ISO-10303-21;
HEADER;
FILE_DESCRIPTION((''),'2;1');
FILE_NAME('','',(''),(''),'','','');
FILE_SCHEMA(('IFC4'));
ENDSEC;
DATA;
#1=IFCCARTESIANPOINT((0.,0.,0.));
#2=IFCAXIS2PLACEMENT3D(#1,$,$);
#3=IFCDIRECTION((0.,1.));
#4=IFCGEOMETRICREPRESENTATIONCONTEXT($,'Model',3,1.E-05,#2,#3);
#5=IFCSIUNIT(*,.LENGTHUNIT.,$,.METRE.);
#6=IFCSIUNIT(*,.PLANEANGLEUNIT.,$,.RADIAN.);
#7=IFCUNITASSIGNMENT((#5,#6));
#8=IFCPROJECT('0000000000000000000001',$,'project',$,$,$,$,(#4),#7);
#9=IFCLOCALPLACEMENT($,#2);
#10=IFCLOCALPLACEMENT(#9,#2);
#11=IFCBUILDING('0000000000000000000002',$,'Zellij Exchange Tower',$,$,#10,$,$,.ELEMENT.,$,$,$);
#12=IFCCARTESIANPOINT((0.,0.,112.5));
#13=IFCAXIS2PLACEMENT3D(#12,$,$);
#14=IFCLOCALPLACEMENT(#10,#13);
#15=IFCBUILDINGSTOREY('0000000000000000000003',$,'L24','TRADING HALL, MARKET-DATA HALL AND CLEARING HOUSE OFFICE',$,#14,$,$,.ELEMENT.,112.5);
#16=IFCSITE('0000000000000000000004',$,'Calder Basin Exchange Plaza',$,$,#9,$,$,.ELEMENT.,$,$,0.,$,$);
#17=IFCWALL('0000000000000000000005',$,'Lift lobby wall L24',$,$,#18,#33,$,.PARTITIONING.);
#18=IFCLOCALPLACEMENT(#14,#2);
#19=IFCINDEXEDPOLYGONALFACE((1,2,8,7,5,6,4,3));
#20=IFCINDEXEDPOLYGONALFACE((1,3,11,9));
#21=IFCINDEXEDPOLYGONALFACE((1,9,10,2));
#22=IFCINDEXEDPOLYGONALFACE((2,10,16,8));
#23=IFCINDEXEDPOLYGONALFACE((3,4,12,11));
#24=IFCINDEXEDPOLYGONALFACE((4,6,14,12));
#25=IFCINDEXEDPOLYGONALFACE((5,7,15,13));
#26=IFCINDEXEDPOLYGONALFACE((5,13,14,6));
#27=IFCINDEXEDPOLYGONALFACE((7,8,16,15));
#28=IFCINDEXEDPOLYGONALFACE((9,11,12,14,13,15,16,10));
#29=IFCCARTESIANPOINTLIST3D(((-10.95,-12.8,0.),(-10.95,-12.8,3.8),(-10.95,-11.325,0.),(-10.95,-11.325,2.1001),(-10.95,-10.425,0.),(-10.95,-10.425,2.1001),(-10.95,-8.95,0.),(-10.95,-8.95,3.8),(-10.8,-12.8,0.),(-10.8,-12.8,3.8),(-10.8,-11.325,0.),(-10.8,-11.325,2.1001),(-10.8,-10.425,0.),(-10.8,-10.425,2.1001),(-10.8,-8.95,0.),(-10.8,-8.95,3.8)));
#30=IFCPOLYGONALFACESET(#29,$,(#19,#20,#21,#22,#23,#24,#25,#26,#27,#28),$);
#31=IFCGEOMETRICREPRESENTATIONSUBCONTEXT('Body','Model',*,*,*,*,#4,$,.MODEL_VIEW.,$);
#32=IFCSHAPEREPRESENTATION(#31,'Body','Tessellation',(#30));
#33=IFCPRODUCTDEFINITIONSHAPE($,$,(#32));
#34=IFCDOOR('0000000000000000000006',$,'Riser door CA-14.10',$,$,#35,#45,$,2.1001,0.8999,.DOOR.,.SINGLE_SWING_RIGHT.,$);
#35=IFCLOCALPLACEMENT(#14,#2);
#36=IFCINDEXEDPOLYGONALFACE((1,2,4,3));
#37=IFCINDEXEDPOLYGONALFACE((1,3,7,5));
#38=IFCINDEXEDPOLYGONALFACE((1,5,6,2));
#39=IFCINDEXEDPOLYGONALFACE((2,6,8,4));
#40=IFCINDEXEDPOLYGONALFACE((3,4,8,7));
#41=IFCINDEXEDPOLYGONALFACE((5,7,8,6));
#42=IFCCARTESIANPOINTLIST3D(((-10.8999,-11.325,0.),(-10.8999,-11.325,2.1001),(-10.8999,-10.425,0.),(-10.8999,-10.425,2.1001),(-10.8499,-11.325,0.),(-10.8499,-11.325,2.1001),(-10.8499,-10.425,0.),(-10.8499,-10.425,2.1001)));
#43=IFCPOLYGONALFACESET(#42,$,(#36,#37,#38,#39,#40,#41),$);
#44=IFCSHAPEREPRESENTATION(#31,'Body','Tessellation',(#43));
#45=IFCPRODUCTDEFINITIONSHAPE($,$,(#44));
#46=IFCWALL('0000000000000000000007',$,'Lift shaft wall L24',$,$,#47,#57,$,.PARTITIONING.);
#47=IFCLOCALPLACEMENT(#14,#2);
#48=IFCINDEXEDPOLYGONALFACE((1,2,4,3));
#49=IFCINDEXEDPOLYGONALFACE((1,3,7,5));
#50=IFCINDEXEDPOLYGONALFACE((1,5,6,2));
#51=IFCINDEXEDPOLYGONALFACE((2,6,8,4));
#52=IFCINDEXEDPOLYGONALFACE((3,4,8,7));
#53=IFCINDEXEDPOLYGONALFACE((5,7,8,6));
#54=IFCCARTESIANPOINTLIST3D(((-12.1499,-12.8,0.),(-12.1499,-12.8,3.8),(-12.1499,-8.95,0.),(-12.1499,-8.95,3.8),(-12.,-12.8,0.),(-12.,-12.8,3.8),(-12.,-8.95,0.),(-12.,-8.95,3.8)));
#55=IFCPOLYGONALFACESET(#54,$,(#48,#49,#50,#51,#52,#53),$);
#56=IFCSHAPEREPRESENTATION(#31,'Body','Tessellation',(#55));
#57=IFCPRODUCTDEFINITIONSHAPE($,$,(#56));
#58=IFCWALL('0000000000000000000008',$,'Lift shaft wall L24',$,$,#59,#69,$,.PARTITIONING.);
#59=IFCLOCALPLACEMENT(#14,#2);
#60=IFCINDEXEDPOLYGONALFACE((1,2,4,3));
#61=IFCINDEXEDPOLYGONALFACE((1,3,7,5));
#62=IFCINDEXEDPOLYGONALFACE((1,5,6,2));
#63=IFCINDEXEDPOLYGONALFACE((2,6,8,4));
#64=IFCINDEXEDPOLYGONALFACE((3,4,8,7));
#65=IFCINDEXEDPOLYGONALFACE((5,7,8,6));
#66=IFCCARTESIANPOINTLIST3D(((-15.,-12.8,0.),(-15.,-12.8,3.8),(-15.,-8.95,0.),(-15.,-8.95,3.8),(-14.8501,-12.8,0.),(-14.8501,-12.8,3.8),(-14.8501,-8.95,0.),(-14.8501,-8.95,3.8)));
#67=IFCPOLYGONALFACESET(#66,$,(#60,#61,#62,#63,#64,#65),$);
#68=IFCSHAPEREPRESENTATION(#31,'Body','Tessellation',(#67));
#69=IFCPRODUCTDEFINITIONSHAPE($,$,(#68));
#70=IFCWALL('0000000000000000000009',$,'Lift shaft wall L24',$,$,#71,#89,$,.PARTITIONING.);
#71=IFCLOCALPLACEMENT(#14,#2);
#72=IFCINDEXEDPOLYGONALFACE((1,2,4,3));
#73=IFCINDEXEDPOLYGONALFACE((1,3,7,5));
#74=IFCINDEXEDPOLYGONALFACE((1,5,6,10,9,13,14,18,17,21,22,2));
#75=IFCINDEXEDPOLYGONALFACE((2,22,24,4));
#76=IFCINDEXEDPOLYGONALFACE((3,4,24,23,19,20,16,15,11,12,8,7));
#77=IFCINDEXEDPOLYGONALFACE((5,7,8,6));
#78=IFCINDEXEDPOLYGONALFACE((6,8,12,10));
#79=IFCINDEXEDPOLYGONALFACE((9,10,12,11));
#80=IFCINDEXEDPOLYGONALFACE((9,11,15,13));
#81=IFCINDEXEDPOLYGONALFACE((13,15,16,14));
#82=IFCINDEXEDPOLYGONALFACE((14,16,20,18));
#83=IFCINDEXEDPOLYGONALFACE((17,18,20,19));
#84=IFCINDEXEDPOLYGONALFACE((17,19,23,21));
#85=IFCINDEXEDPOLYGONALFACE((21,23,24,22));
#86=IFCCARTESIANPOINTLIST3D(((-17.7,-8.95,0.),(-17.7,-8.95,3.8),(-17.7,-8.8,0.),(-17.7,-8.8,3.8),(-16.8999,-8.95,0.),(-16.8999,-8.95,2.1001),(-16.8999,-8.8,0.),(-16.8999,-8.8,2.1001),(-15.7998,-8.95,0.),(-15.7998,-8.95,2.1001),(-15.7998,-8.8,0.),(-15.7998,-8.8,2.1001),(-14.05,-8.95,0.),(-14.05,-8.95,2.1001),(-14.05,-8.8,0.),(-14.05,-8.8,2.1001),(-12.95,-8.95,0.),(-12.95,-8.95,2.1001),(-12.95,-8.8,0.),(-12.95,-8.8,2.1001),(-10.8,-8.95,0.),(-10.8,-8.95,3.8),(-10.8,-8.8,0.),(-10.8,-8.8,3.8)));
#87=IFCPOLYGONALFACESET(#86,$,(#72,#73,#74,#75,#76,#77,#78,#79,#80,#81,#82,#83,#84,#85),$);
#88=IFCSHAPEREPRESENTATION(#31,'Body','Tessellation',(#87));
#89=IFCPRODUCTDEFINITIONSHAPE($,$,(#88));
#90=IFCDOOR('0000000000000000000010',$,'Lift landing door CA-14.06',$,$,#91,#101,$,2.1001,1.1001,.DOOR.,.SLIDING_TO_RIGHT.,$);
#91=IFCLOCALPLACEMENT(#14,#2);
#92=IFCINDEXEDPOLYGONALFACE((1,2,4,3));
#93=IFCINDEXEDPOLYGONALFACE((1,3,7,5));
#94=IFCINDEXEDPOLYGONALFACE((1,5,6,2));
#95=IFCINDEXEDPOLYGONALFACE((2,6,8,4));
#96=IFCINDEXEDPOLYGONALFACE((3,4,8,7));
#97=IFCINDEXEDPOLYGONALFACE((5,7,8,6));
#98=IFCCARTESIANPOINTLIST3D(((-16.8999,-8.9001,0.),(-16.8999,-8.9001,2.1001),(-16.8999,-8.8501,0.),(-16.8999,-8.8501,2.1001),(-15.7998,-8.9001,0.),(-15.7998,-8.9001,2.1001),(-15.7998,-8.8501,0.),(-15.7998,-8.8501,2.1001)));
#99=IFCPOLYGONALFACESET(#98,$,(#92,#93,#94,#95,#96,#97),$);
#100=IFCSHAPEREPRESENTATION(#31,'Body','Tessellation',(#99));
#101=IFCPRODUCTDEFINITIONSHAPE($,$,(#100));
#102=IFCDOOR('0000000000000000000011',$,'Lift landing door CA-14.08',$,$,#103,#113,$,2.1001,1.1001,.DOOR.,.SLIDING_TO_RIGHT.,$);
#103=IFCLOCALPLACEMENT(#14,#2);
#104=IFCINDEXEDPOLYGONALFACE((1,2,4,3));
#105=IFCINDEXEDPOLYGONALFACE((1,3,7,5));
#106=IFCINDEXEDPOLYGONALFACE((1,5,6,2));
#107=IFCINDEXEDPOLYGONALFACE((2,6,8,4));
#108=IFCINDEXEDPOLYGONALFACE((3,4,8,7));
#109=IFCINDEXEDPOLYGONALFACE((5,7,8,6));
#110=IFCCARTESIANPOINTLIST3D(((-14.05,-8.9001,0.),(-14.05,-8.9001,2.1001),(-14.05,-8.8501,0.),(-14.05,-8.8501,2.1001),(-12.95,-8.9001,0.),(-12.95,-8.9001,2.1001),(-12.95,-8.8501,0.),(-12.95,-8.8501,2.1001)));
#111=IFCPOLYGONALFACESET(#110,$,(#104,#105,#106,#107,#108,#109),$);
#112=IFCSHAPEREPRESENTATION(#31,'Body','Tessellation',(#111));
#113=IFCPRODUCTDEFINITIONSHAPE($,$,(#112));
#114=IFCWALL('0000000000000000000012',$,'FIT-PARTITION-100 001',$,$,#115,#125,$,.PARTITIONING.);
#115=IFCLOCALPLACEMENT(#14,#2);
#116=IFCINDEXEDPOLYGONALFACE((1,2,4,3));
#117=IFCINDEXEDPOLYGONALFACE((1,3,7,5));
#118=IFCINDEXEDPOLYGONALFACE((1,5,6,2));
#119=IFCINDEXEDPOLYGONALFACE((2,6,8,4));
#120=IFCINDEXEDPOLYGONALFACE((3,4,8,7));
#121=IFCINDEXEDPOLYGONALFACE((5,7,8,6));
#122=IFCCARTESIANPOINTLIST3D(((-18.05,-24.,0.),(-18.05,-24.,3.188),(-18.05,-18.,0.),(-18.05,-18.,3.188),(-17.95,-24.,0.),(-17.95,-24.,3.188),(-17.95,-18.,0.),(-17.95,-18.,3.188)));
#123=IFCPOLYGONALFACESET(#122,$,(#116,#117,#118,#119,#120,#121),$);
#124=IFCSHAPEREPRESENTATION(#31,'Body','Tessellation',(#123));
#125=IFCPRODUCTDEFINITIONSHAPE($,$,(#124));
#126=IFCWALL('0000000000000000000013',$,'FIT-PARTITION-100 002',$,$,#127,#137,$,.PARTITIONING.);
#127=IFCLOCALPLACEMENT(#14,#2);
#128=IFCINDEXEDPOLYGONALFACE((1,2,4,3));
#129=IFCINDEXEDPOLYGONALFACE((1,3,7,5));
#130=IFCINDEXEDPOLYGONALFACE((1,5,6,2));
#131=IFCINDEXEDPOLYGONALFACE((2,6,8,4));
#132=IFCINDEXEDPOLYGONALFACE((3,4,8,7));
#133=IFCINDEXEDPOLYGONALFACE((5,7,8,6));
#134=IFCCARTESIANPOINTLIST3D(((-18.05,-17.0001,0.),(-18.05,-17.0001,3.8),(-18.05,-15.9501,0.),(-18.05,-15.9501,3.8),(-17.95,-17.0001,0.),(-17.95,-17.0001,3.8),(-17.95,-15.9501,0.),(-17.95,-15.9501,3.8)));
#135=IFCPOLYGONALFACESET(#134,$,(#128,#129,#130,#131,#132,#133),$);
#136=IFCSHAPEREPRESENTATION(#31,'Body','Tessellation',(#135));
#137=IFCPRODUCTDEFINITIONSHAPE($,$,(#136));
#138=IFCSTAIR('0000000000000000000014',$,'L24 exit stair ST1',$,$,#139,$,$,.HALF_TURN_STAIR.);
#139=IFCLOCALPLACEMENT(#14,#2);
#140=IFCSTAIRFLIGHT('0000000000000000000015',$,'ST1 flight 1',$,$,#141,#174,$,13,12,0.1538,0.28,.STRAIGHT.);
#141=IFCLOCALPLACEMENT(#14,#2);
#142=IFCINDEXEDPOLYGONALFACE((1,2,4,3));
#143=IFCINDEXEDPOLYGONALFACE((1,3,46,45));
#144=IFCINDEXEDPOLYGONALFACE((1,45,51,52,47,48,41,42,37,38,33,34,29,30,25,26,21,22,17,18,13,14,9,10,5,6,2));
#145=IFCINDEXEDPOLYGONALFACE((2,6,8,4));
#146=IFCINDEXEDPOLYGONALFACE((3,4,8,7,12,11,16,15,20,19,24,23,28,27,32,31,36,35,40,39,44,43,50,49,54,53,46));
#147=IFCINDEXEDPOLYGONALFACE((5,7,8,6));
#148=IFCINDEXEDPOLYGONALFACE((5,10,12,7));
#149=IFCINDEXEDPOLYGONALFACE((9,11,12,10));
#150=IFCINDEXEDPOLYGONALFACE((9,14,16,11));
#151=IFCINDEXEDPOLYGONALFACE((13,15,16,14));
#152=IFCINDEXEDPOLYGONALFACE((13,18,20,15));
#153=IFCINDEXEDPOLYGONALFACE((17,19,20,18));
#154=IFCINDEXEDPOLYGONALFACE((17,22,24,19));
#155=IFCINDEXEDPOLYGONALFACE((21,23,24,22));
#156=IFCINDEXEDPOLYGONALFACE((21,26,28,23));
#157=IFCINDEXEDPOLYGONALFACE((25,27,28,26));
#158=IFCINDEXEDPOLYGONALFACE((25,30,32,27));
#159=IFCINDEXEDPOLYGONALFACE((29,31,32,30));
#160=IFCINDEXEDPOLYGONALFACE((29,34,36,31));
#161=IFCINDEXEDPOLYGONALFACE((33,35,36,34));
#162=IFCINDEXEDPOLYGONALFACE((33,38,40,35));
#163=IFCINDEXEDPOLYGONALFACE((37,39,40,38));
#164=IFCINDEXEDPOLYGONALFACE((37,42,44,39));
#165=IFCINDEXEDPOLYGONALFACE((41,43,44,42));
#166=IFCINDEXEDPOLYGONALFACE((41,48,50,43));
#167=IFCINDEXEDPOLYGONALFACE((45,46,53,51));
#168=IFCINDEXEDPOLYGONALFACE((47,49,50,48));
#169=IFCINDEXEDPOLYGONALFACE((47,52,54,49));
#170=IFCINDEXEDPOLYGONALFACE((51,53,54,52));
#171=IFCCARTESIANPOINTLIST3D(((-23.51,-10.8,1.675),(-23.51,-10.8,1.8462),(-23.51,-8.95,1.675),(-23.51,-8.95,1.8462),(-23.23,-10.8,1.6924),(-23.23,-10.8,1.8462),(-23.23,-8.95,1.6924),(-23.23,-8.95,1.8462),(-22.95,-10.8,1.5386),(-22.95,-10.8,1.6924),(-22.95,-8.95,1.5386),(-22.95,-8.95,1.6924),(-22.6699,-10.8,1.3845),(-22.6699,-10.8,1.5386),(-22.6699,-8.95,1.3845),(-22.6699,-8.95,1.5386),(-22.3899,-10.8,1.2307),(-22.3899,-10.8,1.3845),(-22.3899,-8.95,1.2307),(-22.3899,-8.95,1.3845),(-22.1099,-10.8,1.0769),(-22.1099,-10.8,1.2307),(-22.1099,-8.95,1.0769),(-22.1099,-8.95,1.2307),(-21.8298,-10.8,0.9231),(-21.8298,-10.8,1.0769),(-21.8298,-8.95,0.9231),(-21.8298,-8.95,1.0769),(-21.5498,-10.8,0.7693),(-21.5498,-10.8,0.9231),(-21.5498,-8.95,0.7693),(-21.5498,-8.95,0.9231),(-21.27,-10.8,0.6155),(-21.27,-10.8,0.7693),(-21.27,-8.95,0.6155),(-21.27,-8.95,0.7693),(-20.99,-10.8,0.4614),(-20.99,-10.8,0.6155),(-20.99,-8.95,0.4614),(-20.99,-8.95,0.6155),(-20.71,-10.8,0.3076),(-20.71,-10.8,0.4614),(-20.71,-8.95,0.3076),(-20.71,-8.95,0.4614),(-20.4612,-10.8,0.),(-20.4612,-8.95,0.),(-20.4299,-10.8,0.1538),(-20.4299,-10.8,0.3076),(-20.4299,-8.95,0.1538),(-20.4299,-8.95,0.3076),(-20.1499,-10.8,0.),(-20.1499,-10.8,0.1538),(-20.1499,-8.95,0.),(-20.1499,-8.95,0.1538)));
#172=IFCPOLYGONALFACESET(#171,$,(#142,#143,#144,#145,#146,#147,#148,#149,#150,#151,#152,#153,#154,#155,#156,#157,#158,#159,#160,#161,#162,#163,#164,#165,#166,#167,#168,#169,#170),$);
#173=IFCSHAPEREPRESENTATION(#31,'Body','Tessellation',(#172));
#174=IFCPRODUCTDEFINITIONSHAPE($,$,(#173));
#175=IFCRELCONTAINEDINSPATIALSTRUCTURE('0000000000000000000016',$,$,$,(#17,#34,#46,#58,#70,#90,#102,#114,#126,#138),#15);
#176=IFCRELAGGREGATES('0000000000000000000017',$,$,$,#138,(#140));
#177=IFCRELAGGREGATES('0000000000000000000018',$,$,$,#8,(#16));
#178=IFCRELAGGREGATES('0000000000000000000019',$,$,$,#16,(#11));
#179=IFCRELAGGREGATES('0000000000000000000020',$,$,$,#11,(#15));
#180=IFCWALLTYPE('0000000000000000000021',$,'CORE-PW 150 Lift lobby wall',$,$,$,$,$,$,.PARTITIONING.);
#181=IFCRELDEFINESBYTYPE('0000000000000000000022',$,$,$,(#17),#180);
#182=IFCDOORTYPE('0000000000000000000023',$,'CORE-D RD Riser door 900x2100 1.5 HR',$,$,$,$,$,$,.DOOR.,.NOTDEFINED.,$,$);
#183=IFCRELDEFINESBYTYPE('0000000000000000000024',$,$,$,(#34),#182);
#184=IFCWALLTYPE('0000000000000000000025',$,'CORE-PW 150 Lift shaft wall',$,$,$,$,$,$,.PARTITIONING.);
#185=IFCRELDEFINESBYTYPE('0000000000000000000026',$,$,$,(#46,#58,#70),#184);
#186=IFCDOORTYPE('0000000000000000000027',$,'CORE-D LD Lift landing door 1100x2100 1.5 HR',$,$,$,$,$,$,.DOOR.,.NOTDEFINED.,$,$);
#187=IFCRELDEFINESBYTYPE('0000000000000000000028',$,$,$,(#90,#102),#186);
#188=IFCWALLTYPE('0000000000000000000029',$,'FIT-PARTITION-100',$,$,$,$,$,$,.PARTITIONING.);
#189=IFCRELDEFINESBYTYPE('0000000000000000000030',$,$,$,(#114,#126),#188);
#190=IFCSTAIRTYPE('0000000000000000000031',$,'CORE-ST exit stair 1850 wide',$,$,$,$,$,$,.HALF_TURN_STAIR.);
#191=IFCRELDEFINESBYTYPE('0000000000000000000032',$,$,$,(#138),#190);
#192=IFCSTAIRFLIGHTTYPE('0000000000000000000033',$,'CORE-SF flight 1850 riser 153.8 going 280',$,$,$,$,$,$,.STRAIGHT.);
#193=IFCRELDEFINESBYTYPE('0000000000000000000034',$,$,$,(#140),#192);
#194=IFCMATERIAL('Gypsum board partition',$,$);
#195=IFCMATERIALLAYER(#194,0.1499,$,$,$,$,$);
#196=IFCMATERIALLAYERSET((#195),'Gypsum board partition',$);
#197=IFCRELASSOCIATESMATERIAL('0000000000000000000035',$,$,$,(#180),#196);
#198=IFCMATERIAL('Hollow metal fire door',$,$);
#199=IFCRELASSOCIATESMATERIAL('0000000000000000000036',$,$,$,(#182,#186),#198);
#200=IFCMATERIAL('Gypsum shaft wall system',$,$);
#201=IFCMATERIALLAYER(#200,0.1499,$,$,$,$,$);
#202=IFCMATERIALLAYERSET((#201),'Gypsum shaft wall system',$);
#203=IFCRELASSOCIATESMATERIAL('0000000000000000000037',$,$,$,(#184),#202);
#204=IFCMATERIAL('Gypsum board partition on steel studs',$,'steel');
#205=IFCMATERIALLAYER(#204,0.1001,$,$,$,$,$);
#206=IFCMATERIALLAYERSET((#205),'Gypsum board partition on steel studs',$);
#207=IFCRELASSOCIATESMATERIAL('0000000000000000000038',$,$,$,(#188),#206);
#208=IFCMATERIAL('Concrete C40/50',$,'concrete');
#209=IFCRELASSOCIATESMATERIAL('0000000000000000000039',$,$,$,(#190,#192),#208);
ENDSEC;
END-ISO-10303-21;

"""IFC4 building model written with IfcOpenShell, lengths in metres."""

from ifc_helpers import new_model, si_unit, direction, frame, frame_2d, origin, place, context, subcontext, project, spatial, polyline, rectangle, outline, extrude, material, layer, layer_set, type_object, element, fill, aggregate, save


model = new_model("IFC4")

# Units and contexts
model_context = context("Model", 3, precision=1e-05, world=origin(), true_north=direction((0.0, 1.0)))
body_context = subcontext(model_context, "Body", "Model", "MODEL_VIEW")
ifc_project = project(units=[si_unit("LENGTHUNIT", "METRE"), si_unit("PLANEANGLEUNIT", "RADIAN")], contexts=[model_context])

# Site, building, storey
site_placement = place(None, origin())
site = spatial("IfcSite", under=ifc_project, at=site_placement, Name="Calder Basin Exchange Plaza", CompositionType="ELEMENT", RefElevation=0.0)
building_placement = place(site_placement, origin())
building = spatial("IfcBuilding", under=site, at=building_placement, Name="Zellij Exchange Tower", CompositionType="ELEMENT")
storey_placement = place(building_placement, frame((0.0, 0.0, 112.5)))
storey = spatial("IfcBuildingStorey", under=building, at=storey_placement, Name="L24", Description="TRADING HALL, MARKET-DATA HALL AND CLEARING HOUSE OFFICE", CompositionType="ELEMENT", Elevation=112.5)

# Wall, opening, door
ifc_material_1 = material(Name="Gypsum board partition")
ifc_layer_1 = layer(ifc_material_1, 0.1499)
ifc_layer_set_1 = layer_set([ifc_layer_1], Name="Gypsum board partition")
wall_type_1 = type_object("IfcWallType", Name="CORE-PW 150 Lift lobby wall", PredefinedType="PARTITIONING", material=ifc_layer_set_1)
wall_1_placement = place(storey_placement, frame((-10.875, -12.8, 0.0), z_axis=(0.0, 0.0, 1.0), x_axis=(0.0, 1.0, 0.0)))
wall_1 = element("IfcWall", 1, at=wall_1_placement, inside=storey, type_object=wall_type_1, Name="Lift lobby wall L24", PredefinedType="PARTITIONING", context=body_context, shape_type="SweptSolid", body=[
    extrude(rectangle(XDim=3.8501, YDim=0.1499, at=frame_2d((1.925, 0.0))), origin(), (0.0, 0.0, 1.0), 3.8),
])
opening_1_placement = place(wall_1_placement, frame((1.4751, 0.0, 0.0)))
opening_1 = element("IfcOpeningElement", 2, at=opening_1_placement, cuts=wall_1, PredefinedType="OPENING", context=body_context, shape_type="SweptSolid", body=[
    extrude(rectangle(XDim=0.8999, YDim=2.1001, at=frame_2d((0.45, 1.05))), frame((0.0, 0.0869, 0.0), z_axis=(0.0, -1.0, 0.0), x_axis=(1.0, 0.0, 0.0)), (0.0, 0.0, 1.0), 0.1738),
])
ifc_material_2 = material(Name="Hollow metal fire door")
door_type_1 = type_object("IfcDoorType", Name="CORE-D RD Riser door 900x2100 1.5 HR", OperationType="NOTDEFINED", PredefinedType="DOOR", material=ifc_material_2)
door_1_placement = place(opening_1_placement, origin())
door_1 = element("IfcDoor", 3, at=door_1_placement, inside=storey, type_object=door_type_1, Name="Riser door CA-14.10", OperationType="SINGLE_SWING_RIGHT", OverallHeight=2.1001, OverallWidth=0.8999, PredefinedType="DOOR", context=body_context, shape_type="SweptSolid", body=[
    extrude(rectangle(XDim=0.8999, YDim=2.1001, at=frame_2d((0.45, 1.05))), frame((0.0, 0.0249, 0.0), z_axis=(0.0, -1.0, 0.0), x_axis=(1.0, 0.0, 0.0)), (0.0, 0.0, 1.0), 0.05),
])
fill(opening_1, door_1)

# Walls
ifc_material_3 = material(Name="Gypsum shaft wall system")
ifc_layer_2 = layer(ifc_material_3, 0.1499)
ifc_layer_set_2 = layer_set([ifc_layer_2], Name="Gypsum shaft wall system")
wall_type_2 = type_object("IfcWallType", Name="CORE-PW 150 Lift shaft wall", PredefinedType="PARTITIONING", material=ifc_layer_set_2)
for number, where, z_axis, x_axis, name in (
    (4, (-12.075, -12.8, 0.0), (0.0, 0.0, 1.0), (0.0, 1.0, 0.0), "Lift shaft wall L24"),
    (5, (-14.925, -12.8, 0.0), (0.0, 0.0, 1.0), (0.0, 1.0, 0.0), "Lift shaft wall L24"),
):
    element("IfcWall", number, at=place(storey_placement, frame(where, z_axis=z_axis, x_axis=x_axis)), inside=storey, type_object=wall_type_2, Name=name, PredefinedType="PARTITIONING", context=body_context, shape_type="SweptSolid", body=[
        extrude(rectangle(XDim=3.8501, YDim=0.1499, at=frame_2d((1.925, 0.0))), origin(), (0.0, 0.0, 1.0), 3.8),
    ])

# Wall, openings, doors
wall_2_placement = place(storey_placement, frame((-17.7, -8.875, 0.0), z_axis=(0.0, 0.0, 1.0), x_axis=(1.0, 0.0, 0.0)))
wall_2 = element("IfcWall", 6, at=wall_2_placement, inside=storey, type_object=wall_type_2, Name="Lift shaft wall L24", PredefinedType="PARTITIONING", context=body_context, shape_type="SweptSolid", body=[
    extrude(rectangle(XDim=6.8999, YDim=0.1499, at=frame_2d((3.45, 0.0))), origin(), (0.0, 0.0, 1.0), 3.8),
])
opening_2_placement = place(wall_2_placement, frame((0.8, 0.0, 0.0)))
opening_2 = element("IfcOpeningElement", 7, at=opening_2_placement, cuts=wall_2, PredefinedType="OPENING", context=body_context, shape_type="SweptSolid", body=[
    extrude(rectangle(XDim=1.1001, YDim=2.1001, at=frame_2d((0.55, 1.05))), frame((0.0, 0.0869, 0.0), z_axis=(0.0, -1.0, 0.0), x_axis=(1.0, 0.0, 0.0)), (0.0, 0.0, 1.0), 0.1738),
])
opening_3_placement = place(wall_2_placement, frame((3.6499, 0.0, 0.0)))
opening_3 = element("IfcOpeningElement", 8, at=opening_3_placement, cuts=wall_2, PredefinedType="OPENING", context=body_context, shape_type="SweptSolid", body=[
    extrude(rectangle(XDim=1.1001, YDim=2.1001, at=frame_2d((0.55, 1.05))), frame((0.0, 0.0869, 0.0), z_axis=(0.0, -1.0, 0.0), x_axis=(1.0, 0.0, 0.0)), (0.0, 0.0, 1.0), 0.1738),
])
door_type_2 = type_object("IfcDoorType", Name="CORE-D LD Lift landing door 1100x2100 1.5 HR", OperationType="NOTDEFINED", PredefinedType="DOOR", material=ifc_material_2)
door_2_placement = place(opening_2_placement, origin())
door_2 = element("IfcDoor", 9, at=door_2_placement, inside=storey, type_object=door_type_2, Name="Lift landing door CA-14.06", OperationType="SLIDING_TO_RIGHT", OverallHeight=2.1001, OverallWidth=1.1001, PredefinedType="DOOR", context=body_context, shape_type="SweptSolid", body=[
    extrude(rectangle(XDim=1.1001, YDim=2.1001, at=frame_2d((0.55, 1.05))), frame((0.0, 0.0249, 0.0), z_axis=(0.0, -1.0, 0.0), x_axis=(1.0, 0.0, 0.0)), (0.0, 0.0, 1.0), 0.05),
])
fill(opening_2, door_2)
door_3_placement = place(opening_3_placement, origin())
door_3 = element("IfcDoor", 10, at=door_3_placement, inside=storey, type_object=door_type_2, Name="Lift landing door CA-14.08", OperationType="SLIDING_TO_RIGHT", OverallHeight=2.1001, OverallWidth=1.1001, PredefinedType="DOOR", context=body_context, shape_type="SweptSolid", body=[
    extrude(rectangle(XDim=1.1001, YDim=2.1001, at=frame_2d((0.55, 1.05))), frame((0.0, 0.0249, 0.0), z_axis=(0.0, -1.0, 0.0), x_axis=(1.0, 0.0, 0.0)), (0.0, 0.0, 1.0), 0.05),
])
fill(opening_3, door_3)

# Walls
ifc_material_4 = material(Name="Gypsum board partition on steel studs", Category="steel")
ifc_layer_3 = layer(ifc_material_4, 0.1001)
ifc_layer_set_3 = layer_set([ifc_layer_3], Name="Gypsum board partition on steel studs")
wall_type_3 = type_object("IfcWallType", Name="FIT-PARTITION-100", PredefinedType="PARTITIONING", material=ifc_layer_set_3)
wall_3_placement = place(storey_placement, frame((-18.0, -24.0, 0.0), z_axis=(0.0, 0.0, 1.0), x_axis=(0.0, 1.0, 0.0)))
element("IfcWall", 11, at=wall_3_placement, inside=storey, type_object=wall_type_3, Name="FIT-PARTITION-100 001", PredefinedType="PARTITIONING", context=body_context, shape_type="SweptSolid", body=[
    extrude(rectangle(XDim=6.0, YDim=0.1001, at=frame_2d((3.0, 0.0))), origin(), (0.0, 0.0, 1.0), 3.188),
])
wall_4_placement = place(storey_placement, frame((-18.0, -17.0, 0.0), z_axis=(0.0, 0.0, 1.0), x_axis=(0.0, 1.0, 0.0)))
element("IfcWall", 12, at=wall_4_placement, inside=storey, type_object=wall_type_3, Name="FIT-PARTITION-100 002", PredefinedType="PARTITIONING", context=body_context, shape_type="SweptSolid", body=[
    extrude(rectangle(XDim=1.05, YDim=0.1001, at=frame_2d((0.5249, 0.0))), origin(), (0.0, 0.0, 1.0), 3.8),
])

# Stair, stair flight
ifc_material_5 = material(Name="Concrete C40/50", Category="concrete")
stair_type = type_object("IfcStairType", Name="CORE-ST exit stair 1850 wide", PredefinedType="HALF_TURN_STAIR", material=ifc_material_5)
stair_placement = place(storey_placement, origin())
stair = element("IfcStair", 13, at=stair_placement, inside=storey, type_object=stair_type, Name="L24 exit stair ST1", PredefinedType="HALF_TURN_STAIR")
stair_flight_type = type_object("IfcStairFlightType", Name="CORE-SF flight 1850 riser 153.8 going 280", PredefinedType="STRAIGHT", material=ifc_material_5)
stair_flight_1_placement = place(storey_placement, frame((-20.1499, -9.875, 0.0), z_axis=(0.0, 0.0, 1.0), x_axis=(-1.0, 0.0, 0.0)))
stair_flight_1 = element("IfcStairFlight", 14, at=stair_flight_1_placement, type_object=stair_flight_type, Name="ST1 flight 1", NumberOfRisers=13, NumberOfTreads=12, PredefinedType="STRAIGHT", RiserHeight=0.1538, TreadLength=0.28, context=body_context, shape_type="SweptSolid", body=[
    extrude(outline(polyline([(0.0, 0.0), (0.0, 0.1538), (0.28, 0.1538), (0.28, 0.3076), (0.5601, 0.3076), (0.5601, 0.4614), (0.8401, 0.4614), (0.8401, 0.6155), (1.1201, 0.6155), (1.1201, 0.7693), (1.3999, 0.7693), (1.3999, 0.9231), (1.6799, 0.9231), (1.6799, 1.0769), (1.96, 1.0769), (1.96, 1.2307), (2.24, 1.2307), (2.24, 1.3845), (2.52, 1.3845), (2.52, 1.5386), (2.8, 1.5386), (2.8, 1.6924), (3.0801, 1.6924), (3.0801, 1.8462), (3.3601, 1.8462), (3.3601, 2.0), (3.3601, 1.675), (0.3113, 0.0), (0.0, 0.0)])), frame((0.0, 0.925, 0.0), z_axis=(0.0, -1.0, 0.0), x_axis=(1.0, 0.0, 0.0)), (0.0, 0.0, 1.0), 1.8501),
])
aggregate(stair, [stair_flight_1])

save(model, "model.ifc")
